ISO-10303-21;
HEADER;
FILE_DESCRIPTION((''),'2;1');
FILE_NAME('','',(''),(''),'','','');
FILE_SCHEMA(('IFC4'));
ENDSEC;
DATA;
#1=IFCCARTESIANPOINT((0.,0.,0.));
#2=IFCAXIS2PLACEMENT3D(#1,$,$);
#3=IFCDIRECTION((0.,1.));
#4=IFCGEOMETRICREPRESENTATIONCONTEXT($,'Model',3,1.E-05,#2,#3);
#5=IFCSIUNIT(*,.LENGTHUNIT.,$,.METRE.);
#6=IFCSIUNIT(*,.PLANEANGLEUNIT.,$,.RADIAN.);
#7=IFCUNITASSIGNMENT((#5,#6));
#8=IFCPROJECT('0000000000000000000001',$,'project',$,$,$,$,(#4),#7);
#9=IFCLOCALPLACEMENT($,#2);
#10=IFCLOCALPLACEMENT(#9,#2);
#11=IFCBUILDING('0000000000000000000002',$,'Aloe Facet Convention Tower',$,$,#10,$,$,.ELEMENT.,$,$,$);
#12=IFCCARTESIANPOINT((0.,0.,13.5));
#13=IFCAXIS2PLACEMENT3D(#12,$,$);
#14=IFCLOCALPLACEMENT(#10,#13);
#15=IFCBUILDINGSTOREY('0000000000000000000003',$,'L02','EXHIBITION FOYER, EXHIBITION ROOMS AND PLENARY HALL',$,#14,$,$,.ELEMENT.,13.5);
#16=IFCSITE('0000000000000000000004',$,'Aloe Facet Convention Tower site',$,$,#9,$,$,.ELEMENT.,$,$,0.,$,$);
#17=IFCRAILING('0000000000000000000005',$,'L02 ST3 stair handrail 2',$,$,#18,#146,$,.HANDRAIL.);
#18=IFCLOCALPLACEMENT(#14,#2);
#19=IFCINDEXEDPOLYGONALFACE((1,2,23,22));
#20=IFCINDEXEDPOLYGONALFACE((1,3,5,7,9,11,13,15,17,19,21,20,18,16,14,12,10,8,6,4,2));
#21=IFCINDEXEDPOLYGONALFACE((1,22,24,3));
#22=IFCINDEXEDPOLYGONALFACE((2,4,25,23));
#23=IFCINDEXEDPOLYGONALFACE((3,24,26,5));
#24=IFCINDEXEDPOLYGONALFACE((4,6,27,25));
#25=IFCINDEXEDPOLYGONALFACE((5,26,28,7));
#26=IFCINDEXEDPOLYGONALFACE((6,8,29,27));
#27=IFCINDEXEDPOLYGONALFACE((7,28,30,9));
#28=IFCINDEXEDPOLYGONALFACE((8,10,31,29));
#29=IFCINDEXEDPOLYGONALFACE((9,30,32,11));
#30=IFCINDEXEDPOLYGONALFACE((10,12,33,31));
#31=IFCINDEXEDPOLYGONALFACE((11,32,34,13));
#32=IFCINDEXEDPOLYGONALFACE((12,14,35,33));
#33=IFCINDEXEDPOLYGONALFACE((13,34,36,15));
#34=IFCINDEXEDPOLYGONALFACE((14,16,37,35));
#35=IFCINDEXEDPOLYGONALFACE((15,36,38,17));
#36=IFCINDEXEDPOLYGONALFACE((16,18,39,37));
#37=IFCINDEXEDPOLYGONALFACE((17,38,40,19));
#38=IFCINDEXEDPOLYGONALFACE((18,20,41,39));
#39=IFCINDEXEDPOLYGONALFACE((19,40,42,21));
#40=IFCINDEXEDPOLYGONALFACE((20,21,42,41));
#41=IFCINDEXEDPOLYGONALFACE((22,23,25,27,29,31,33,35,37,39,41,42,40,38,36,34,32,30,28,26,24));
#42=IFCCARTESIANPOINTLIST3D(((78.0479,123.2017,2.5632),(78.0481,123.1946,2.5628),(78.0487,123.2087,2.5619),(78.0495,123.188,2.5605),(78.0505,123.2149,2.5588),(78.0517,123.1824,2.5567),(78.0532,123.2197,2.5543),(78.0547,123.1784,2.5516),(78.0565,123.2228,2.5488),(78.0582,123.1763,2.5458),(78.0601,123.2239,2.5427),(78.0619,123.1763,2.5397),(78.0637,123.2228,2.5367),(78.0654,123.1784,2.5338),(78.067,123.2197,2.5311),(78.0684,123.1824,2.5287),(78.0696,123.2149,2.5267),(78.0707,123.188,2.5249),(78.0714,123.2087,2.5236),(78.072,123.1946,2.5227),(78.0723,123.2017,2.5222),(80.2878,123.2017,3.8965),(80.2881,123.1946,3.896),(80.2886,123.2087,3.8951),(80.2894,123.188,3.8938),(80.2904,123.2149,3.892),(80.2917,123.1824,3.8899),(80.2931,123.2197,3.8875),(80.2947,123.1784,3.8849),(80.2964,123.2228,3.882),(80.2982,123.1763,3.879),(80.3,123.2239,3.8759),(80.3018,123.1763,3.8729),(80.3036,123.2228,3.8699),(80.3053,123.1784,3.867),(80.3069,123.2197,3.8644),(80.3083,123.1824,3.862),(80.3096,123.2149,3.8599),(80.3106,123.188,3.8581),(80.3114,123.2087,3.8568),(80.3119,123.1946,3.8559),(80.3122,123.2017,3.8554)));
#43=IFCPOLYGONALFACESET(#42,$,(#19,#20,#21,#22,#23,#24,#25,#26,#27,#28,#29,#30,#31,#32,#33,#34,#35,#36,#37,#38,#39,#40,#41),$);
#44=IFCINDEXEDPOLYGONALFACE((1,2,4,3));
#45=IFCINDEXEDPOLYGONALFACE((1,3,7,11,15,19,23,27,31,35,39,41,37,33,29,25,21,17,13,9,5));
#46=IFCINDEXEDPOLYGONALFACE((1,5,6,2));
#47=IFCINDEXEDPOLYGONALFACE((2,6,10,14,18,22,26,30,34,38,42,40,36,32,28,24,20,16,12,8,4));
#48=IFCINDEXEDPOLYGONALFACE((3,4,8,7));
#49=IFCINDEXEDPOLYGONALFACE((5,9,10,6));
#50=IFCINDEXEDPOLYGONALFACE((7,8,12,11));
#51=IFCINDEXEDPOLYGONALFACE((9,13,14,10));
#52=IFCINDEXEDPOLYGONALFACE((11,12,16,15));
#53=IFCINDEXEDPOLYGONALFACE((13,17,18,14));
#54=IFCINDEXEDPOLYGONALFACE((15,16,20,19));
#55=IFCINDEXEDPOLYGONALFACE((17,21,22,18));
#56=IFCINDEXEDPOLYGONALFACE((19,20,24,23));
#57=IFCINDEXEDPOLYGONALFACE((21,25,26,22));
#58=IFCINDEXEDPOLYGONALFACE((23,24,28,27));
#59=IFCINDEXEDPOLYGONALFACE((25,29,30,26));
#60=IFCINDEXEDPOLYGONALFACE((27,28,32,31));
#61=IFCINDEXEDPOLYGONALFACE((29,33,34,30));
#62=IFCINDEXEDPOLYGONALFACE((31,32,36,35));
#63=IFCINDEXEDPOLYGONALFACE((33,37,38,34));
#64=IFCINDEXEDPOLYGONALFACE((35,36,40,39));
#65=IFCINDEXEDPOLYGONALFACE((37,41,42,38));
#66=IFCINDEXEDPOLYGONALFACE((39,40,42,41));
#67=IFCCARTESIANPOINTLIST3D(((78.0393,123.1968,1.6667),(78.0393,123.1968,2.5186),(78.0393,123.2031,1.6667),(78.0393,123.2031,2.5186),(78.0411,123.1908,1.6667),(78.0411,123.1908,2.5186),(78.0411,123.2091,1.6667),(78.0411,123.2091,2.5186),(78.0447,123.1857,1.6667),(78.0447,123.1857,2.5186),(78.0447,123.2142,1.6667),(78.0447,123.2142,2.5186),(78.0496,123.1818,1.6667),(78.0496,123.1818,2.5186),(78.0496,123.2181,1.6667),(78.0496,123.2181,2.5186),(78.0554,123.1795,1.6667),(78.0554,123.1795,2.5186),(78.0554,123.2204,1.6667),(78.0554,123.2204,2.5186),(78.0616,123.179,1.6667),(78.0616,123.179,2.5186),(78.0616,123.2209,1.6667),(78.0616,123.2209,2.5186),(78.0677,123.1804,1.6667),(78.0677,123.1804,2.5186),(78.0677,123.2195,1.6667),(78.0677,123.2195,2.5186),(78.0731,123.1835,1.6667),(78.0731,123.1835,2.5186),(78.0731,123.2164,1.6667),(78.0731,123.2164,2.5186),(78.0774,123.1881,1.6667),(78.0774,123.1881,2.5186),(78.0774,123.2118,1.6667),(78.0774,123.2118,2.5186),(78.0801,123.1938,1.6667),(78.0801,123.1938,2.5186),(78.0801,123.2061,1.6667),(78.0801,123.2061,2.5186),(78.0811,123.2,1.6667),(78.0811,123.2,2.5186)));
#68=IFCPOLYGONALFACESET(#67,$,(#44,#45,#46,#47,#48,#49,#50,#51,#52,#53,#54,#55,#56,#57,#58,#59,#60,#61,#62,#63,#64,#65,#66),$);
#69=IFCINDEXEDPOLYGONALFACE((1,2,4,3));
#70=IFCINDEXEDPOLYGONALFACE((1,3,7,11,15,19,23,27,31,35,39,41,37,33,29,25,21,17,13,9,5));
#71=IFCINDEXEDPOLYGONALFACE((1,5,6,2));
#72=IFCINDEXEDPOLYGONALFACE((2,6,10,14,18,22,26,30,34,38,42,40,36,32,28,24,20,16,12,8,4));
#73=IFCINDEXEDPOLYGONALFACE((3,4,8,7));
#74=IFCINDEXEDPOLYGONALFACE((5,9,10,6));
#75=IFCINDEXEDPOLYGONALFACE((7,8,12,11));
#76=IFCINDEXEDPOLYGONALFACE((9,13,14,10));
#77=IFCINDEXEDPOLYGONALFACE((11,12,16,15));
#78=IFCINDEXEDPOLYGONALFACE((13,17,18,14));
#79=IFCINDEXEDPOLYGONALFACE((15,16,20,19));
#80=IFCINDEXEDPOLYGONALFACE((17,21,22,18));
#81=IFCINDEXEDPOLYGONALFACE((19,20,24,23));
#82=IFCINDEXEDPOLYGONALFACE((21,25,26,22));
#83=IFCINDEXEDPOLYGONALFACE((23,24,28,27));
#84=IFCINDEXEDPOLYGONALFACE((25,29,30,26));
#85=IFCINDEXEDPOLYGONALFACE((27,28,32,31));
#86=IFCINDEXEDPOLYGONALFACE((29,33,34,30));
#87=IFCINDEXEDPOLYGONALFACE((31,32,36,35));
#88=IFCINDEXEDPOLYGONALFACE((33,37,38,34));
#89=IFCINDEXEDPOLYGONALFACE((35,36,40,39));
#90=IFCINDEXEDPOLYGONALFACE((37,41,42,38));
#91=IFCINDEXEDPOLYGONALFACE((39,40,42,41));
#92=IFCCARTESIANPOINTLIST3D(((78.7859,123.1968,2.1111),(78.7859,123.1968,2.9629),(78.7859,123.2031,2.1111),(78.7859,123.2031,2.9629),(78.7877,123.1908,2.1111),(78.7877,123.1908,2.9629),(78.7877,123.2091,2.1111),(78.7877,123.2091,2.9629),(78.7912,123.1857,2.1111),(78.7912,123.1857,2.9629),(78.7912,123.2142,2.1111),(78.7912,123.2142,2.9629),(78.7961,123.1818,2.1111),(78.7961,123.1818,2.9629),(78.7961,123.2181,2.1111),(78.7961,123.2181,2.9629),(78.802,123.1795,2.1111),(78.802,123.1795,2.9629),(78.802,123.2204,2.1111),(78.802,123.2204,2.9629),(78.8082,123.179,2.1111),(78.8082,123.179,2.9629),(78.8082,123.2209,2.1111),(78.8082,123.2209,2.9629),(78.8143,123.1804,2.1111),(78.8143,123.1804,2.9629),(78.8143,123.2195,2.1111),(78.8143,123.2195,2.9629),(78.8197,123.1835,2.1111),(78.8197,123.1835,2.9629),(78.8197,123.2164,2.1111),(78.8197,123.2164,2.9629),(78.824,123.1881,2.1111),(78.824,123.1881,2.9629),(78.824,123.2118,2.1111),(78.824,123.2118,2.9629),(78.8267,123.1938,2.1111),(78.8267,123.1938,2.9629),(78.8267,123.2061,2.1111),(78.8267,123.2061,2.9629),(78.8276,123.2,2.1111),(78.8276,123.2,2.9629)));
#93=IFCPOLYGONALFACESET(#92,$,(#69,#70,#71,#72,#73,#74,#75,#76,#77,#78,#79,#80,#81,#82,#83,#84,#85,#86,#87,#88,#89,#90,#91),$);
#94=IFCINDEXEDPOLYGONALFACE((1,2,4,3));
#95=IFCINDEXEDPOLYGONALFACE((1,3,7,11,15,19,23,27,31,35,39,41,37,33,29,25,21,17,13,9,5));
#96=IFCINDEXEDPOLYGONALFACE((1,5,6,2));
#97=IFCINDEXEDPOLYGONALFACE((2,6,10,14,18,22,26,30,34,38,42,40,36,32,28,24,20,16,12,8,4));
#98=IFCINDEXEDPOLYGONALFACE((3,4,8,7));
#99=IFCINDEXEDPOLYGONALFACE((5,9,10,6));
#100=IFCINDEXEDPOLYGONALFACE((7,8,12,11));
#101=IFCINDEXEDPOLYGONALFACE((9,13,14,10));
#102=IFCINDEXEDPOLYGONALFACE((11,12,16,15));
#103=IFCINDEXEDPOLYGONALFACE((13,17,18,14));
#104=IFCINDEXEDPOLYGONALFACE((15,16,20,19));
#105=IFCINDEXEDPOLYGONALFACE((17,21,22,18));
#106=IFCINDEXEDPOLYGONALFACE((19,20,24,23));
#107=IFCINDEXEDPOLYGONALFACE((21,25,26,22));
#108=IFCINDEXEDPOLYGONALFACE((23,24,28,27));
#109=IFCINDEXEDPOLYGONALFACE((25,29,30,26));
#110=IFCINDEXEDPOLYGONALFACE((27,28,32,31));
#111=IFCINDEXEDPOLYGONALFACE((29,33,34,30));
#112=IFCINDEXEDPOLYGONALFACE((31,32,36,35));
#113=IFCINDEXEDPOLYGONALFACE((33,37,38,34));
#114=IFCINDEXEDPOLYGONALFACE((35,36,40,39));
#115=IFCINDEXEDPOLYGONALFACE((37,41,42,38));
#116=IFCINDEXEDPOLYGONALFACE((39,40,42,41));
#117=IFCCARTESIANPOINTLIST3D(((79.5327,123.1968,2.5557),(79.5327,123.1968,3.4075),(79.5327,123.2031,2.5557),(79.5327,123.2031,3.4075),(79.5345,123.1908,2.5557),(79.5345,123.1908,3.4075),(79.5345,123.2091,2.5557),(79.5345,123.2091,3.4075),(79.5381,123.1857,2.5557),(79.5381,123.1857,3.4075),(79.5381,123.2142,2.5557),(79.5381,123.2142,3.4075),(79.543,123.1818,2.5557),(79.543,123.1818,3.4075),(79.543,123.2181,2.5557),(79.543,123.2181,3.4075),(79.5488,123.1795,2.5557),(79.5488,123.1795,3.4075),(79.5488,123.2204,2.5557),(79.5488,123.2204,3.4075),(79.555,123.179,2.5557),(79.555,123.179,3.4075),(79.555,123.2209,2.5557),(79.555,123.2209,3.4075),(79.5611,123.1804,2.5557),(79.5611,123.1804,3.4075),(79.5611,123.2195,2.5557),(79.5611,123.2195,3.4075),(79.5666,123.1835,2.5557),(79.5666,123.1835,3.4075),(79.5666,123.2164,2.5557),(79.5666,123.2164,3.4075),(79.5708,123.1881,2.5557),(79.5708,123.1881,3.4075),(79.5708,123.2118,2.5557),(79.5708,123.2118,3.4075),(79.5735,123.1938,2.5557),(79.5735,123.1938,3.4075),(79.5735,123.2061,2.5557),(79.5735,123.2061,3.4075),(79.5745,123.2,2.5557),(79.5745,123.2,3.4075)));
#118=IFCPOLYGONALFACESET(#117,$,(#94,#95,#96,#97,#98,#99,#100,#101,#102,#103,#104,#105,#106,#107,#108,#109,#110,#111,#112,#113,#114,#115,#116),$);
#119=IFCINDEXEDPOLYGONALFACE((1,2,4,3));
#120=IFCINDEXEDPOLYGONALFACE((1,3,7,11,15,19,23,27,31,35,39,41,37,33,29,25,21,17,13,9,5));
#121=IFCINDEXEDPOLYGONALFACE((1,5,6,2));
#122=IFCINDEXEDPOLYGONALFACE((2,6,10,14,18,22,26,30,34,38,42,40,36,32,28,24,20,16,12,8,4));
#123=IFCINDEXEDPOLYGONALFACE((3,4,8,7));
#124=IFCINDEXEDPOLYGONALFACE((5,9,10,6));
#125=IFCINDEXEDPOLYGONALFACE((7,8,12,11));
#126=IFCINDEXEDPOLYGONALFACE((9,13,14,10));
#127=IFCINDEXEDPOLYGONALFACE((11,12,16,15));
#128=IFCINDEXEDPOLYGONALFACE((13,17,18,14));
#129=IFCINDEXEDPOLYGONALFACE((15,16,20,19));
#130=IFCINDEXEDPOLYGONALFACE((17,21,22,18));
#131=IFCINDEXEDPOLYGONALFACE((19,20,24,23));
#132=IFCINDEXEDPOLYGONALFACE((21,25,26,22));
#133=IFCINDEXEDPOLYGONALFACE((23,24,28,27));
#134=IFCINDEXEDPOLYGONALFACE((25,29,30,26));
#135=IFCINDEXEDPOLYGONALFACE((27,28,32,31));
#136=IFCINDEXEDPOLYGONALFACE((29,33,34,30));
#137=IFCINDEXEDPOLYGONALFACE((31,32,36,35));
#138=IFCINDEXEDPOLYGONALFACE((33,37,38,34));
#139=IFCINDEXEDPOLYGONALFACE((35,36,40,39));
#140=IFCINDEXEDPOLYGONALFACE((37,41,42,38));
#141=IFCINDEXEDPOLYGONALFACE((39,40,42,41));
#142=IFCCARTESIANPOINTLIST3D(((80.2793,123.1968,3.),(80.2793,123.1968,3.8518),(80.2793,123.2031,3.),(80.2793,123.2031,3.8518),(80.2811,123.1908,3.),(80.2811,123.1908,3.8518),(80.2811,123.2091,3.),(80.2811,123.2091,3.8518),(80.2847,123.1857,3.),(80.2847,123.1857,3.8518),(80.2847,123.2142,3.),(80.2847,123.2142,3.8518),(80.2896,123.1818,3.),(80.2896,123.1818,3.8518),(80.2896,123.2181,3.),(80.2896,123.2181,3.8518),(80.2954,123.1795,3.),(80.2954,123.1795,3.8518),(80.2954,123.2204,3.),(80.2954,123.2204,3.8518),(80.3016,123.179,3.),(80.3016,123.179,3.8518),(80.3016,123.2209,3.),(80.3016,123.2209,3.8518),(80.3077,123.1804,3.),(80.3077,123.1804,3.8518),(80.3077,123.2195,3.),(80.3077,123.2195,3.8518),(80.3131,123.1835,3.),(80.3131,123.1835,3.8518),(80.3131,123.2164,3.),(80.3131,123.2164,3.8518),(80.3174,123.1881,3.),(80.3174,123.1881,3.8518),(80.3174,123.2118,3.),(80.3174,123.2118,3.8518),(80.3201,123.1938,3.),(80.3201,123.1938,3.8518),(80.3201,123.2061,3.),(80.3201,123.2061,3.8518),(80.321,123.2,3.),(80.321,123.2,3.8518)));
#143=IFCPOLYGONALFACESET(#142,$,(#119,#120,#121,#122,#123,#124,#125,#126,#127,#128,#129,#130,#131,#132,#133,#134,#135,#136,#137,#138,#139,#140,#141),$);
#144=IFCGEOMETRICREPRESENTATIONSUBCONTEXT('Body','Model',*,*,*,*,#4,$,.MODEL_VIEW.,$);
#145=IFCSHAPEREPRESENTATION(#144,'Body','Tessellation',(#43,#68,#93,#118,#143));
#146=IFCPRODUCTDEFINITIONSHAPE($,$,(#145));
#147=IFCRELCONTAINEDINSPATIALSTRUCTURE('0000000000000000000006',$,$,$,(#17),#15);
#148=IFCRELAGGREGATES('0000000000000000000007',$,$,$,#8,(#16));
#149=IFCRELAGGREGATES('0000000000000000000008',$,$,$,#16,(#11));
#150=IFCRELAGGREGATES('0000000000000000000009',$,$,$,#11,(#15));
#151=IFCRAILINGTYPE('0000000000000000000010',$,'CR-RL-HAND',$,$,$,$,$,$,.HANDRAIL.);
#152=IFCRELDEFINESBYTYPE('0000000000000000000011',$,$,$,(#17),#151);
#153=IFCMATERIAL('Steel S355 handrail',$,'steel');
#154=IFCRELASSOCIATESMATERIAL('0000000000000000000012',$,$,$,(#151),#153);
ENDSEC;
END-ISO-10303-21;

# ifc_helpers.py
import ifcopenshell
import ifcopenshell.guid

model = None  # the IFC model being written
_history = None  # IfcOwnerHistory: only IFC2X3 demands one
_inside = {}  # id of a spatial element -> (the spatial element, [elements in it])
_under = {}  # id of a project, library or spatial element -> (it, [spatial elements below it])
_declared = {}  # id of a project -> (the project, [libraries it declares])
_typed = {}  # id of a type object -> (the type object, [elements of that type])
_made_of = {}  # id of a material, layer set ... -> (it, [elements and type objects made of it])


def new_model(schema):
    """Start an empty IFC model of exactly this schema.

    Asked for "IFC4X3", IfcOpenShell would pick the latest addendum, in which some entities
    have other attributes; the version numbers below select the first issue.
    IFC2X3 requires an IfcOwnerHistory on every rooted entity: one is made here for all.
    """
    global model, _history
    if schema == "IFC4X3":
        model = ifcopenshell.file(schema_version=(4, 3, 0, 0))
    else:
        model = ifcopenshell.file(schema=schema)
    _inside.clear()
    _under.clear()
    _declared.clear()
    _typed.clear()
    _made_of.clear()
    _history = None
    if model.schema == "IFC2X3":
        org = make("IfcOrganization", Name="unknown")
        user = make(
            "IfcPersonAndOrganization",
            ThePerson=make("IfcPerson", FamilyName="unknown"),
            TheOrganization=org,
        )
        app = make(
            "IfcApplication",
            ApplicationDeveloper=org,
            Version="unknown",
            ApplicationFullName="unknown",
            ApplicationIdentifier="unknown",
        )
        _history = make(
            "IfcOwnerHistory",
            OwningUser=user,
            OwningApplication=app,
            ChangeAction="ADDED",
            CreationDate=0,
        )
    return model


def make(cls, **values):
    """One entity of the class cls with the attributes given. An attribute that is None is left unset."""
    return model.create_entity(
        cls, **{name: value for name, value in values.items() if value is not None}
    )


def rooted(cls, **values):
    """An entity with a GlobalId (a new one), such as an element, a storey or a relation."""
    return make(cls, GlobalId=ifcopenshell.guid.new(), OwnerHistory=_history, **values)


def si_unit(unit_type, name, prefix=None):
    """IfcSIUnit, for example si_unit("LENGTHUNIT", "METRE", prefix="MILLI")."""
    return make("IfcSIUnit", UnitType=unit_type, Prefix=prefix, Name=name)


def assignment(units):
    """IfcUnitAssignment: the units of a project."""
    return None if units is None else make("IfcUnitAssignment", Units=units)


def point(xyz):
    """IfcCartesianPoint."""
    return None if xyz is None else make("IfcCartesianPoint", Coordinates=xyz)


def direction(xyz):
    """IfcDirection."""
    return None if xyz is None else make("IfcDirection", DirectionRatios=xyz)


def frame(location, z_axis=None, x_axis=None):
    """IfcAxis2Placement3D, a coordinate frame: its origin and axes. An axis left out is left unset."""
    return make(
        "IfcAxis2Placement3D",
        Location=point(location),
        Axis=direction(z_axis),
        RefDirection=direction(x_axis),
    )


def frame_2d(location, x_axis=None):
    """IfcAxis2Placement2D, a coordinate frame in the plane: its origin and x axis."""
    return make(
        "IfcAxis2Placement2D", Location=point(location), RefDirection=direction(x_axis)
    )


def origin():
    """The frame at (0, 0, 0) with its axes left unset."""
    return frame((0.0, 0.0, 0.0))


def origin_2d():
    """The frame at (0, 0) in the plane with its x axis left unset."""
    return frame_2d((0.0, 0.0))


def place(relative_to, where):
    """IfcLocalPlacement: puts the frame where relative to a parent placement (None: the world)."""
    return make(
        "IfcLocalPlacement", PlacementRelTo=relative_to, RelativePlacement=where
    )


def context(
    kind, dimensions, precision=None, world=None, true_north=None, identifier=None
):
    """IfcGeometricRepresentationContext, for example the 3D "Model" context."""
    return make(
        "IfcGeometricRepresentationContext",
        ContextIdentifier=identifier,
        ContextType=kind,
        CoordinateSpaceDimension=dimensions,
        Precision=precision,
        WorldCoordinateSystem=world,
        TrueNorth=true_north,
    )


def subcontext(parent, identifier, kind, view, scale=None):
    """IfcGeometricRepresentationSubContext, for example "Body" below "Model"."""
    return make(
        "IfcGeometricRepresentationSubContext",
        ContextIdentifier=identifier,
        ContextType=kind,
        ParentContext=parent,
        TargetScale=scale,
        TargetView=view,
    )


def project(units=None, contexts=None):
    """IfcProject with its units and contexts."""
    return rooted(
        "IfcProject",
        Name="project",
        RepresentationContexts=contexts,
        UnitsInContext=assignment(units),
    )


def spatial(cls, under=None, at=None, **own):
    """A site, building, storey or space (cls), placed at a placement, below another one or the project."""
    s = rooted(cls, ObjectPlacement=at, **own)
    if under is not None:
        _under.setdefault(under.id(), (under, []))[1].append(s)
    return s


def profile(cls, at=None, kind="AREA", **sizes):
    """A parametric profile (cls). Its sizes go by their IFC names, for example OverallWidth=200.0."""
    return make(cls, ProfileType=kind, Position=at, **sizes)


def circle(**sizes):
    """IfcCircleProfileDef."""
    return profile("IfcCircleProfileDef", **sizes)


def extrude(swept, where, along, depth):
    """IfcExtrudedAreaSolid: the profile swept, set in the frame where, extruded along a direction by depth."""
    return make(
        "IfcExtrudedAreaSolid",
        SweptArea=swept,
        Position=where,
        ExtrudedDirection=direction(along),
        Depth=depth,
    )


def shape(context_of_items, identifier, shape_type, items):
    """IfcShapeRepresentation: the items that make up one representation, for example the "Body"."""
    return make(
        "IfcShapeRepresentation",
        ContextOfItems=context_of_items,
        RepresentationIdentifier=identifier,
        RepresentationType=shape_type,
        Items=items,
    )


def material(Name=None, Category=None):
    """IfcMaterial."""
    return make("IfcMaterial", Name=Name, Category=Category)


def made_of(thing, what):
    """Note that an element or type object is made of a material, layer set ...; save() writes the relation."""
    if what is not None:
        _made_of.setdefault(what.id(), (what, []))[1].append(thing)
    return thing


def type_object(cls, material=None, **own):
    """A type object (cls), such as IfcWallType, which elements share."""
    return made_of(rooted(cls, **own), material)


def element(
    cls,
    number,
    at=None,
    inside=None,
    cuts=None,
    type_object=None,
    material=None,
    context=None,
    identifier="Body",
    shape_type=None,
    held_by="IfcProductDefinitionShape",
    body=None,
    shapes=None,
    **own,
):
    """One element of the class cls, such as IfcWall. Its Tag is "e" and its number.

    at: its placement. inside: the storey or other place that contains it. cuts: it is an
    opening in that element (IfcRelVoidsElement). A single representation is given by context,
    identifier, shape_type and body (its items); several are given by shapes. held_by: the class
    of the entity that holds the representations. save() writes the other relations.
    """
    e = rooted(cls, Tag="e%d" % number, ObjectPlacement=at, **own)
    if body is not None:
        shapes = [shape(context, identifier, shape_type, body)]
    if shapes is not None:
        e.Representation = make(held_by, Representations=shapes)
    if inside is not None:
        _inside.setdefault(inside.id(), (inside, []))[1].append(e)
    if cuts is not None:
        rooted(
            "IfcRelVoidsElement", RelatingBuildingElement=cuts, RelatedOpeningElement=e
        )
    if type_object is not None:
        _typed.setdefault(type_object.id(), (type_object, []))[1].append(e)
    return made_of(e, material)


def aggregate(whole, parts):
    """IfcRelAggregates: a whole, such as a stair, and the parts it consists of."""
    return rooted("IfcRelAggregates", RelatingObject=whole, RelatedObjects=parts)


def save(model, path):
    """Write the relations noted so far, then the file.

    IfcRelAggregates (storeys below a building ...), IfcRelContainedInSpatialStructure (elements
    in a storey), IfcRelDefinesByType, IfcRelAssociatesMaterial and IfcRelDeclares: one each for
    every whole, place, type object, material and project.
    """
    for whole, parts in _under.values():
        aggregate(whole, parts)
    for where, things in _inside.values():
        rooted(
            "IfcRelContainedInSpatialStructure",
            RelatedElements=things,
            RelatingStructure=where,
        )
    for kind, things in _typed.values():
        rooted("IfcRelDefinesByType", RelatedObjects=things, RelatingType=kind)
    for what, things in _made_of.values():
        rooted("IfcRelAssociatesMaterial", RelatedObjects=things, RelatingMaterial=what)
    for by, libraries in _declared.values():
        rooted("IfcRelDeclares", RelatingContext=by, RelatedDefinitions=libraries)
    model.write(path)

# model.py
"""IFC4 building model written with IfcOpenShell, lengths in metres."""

from ifc_helpers import new_model, si_unit, direction, frame, origin, origin_2d, place, context, subcontext, project, spatial, circle, extrude, material, type_object, element, save


model = new_model("IFC4")

# Units and contexts
model_context = context("Model", 3, precision=1e-05, world=origin(), true_north=direction((0.0, 1.0)))
body_context = subcontext(model_context, "Body", "Model", "MODEL_VIEW")
ifc_project = project(units=[si_unit("LENGTHUNIT", "METRE"), si_unit("PLANEANGLEUNIT", "RADIAN")], contexts=[model_context])

# Site, building, storey
site_placement = place(None, origin())
site = spatial("IfcSite", under=ifc_project, at=site_placement, Name="Aloe Facet Convention Tower site", CompositionType="ELEMENT", RefElevation=0.0)
building_placement = place(site_placement, origin())
building = spatial("IfcBuilding", under=site, at=building_placement, Name="Aloe Facet Convention Tower", CompositionType="ELEMENT")
storey_placement = place(building_placement, frame((0.0, 0.0, 13.5)))
storey = spatial("IfcBuildingStorey", under=building, at=storey_placement, Name="L02", Description="EXHIBITION FOYER, EXHIBITION ROOMS AND PLENARY HALL", CompositionType="ELEMENT", Elevation=13.5)

# Railing
ifc_material_1 = material(Name="Steel S355 handrail", Category="steel")
railing_type_1 = type_object("IfcRailingType", Name="CR-RL-HAND", PredefinedType="HANDRAIL", material=ifc_material_1)
for number, where, name in (
    (1, (78.0601, 123.2, 1.6667), "L02 ST3 stair handrail 2"),
):
    element("IfcRailing", number, at=place(storey_placement, frame(where)), inside=storey, type_object=railing_type_1, Name=name, PredefinedType="HANDRAIL", context=body_context, shape_type="SweptSolid", body=[
        extrude(circle(Radius=0.0239, at=origin_2d()), frame((0.0, 0.0, 0.876), z_axis=(0.859306, 0.0, 0.511462), x_axis=(0.0, 1.0, 0.0)), (0.0, 0.0, 1.0), 2.6067),
        extrude(circle(Radius=0.021, at=origin_2d()), origin(), (0.0, 0.0, 1.0), 0.8518),
        extrude(circle(Radius=0.021, at=origin_2d()), frame((0.7466, 0.0, 0.4443)), (0.0, 0.0, 1.0), 0.8518),
        extrude(circle(Radius=0.021, at=origin_2d()), frame((1.4934, 0.0, 0.8889)), (0.0, 0.0, 1.0), 0.8518),
        extrude(circle(Radius=0.021, at=origin_2d()), frame((2.24, 0.0, 1.3333)), (0.0, 0.0, 1.0), 0.8518),
    ])

save(model, "model.ifc")
